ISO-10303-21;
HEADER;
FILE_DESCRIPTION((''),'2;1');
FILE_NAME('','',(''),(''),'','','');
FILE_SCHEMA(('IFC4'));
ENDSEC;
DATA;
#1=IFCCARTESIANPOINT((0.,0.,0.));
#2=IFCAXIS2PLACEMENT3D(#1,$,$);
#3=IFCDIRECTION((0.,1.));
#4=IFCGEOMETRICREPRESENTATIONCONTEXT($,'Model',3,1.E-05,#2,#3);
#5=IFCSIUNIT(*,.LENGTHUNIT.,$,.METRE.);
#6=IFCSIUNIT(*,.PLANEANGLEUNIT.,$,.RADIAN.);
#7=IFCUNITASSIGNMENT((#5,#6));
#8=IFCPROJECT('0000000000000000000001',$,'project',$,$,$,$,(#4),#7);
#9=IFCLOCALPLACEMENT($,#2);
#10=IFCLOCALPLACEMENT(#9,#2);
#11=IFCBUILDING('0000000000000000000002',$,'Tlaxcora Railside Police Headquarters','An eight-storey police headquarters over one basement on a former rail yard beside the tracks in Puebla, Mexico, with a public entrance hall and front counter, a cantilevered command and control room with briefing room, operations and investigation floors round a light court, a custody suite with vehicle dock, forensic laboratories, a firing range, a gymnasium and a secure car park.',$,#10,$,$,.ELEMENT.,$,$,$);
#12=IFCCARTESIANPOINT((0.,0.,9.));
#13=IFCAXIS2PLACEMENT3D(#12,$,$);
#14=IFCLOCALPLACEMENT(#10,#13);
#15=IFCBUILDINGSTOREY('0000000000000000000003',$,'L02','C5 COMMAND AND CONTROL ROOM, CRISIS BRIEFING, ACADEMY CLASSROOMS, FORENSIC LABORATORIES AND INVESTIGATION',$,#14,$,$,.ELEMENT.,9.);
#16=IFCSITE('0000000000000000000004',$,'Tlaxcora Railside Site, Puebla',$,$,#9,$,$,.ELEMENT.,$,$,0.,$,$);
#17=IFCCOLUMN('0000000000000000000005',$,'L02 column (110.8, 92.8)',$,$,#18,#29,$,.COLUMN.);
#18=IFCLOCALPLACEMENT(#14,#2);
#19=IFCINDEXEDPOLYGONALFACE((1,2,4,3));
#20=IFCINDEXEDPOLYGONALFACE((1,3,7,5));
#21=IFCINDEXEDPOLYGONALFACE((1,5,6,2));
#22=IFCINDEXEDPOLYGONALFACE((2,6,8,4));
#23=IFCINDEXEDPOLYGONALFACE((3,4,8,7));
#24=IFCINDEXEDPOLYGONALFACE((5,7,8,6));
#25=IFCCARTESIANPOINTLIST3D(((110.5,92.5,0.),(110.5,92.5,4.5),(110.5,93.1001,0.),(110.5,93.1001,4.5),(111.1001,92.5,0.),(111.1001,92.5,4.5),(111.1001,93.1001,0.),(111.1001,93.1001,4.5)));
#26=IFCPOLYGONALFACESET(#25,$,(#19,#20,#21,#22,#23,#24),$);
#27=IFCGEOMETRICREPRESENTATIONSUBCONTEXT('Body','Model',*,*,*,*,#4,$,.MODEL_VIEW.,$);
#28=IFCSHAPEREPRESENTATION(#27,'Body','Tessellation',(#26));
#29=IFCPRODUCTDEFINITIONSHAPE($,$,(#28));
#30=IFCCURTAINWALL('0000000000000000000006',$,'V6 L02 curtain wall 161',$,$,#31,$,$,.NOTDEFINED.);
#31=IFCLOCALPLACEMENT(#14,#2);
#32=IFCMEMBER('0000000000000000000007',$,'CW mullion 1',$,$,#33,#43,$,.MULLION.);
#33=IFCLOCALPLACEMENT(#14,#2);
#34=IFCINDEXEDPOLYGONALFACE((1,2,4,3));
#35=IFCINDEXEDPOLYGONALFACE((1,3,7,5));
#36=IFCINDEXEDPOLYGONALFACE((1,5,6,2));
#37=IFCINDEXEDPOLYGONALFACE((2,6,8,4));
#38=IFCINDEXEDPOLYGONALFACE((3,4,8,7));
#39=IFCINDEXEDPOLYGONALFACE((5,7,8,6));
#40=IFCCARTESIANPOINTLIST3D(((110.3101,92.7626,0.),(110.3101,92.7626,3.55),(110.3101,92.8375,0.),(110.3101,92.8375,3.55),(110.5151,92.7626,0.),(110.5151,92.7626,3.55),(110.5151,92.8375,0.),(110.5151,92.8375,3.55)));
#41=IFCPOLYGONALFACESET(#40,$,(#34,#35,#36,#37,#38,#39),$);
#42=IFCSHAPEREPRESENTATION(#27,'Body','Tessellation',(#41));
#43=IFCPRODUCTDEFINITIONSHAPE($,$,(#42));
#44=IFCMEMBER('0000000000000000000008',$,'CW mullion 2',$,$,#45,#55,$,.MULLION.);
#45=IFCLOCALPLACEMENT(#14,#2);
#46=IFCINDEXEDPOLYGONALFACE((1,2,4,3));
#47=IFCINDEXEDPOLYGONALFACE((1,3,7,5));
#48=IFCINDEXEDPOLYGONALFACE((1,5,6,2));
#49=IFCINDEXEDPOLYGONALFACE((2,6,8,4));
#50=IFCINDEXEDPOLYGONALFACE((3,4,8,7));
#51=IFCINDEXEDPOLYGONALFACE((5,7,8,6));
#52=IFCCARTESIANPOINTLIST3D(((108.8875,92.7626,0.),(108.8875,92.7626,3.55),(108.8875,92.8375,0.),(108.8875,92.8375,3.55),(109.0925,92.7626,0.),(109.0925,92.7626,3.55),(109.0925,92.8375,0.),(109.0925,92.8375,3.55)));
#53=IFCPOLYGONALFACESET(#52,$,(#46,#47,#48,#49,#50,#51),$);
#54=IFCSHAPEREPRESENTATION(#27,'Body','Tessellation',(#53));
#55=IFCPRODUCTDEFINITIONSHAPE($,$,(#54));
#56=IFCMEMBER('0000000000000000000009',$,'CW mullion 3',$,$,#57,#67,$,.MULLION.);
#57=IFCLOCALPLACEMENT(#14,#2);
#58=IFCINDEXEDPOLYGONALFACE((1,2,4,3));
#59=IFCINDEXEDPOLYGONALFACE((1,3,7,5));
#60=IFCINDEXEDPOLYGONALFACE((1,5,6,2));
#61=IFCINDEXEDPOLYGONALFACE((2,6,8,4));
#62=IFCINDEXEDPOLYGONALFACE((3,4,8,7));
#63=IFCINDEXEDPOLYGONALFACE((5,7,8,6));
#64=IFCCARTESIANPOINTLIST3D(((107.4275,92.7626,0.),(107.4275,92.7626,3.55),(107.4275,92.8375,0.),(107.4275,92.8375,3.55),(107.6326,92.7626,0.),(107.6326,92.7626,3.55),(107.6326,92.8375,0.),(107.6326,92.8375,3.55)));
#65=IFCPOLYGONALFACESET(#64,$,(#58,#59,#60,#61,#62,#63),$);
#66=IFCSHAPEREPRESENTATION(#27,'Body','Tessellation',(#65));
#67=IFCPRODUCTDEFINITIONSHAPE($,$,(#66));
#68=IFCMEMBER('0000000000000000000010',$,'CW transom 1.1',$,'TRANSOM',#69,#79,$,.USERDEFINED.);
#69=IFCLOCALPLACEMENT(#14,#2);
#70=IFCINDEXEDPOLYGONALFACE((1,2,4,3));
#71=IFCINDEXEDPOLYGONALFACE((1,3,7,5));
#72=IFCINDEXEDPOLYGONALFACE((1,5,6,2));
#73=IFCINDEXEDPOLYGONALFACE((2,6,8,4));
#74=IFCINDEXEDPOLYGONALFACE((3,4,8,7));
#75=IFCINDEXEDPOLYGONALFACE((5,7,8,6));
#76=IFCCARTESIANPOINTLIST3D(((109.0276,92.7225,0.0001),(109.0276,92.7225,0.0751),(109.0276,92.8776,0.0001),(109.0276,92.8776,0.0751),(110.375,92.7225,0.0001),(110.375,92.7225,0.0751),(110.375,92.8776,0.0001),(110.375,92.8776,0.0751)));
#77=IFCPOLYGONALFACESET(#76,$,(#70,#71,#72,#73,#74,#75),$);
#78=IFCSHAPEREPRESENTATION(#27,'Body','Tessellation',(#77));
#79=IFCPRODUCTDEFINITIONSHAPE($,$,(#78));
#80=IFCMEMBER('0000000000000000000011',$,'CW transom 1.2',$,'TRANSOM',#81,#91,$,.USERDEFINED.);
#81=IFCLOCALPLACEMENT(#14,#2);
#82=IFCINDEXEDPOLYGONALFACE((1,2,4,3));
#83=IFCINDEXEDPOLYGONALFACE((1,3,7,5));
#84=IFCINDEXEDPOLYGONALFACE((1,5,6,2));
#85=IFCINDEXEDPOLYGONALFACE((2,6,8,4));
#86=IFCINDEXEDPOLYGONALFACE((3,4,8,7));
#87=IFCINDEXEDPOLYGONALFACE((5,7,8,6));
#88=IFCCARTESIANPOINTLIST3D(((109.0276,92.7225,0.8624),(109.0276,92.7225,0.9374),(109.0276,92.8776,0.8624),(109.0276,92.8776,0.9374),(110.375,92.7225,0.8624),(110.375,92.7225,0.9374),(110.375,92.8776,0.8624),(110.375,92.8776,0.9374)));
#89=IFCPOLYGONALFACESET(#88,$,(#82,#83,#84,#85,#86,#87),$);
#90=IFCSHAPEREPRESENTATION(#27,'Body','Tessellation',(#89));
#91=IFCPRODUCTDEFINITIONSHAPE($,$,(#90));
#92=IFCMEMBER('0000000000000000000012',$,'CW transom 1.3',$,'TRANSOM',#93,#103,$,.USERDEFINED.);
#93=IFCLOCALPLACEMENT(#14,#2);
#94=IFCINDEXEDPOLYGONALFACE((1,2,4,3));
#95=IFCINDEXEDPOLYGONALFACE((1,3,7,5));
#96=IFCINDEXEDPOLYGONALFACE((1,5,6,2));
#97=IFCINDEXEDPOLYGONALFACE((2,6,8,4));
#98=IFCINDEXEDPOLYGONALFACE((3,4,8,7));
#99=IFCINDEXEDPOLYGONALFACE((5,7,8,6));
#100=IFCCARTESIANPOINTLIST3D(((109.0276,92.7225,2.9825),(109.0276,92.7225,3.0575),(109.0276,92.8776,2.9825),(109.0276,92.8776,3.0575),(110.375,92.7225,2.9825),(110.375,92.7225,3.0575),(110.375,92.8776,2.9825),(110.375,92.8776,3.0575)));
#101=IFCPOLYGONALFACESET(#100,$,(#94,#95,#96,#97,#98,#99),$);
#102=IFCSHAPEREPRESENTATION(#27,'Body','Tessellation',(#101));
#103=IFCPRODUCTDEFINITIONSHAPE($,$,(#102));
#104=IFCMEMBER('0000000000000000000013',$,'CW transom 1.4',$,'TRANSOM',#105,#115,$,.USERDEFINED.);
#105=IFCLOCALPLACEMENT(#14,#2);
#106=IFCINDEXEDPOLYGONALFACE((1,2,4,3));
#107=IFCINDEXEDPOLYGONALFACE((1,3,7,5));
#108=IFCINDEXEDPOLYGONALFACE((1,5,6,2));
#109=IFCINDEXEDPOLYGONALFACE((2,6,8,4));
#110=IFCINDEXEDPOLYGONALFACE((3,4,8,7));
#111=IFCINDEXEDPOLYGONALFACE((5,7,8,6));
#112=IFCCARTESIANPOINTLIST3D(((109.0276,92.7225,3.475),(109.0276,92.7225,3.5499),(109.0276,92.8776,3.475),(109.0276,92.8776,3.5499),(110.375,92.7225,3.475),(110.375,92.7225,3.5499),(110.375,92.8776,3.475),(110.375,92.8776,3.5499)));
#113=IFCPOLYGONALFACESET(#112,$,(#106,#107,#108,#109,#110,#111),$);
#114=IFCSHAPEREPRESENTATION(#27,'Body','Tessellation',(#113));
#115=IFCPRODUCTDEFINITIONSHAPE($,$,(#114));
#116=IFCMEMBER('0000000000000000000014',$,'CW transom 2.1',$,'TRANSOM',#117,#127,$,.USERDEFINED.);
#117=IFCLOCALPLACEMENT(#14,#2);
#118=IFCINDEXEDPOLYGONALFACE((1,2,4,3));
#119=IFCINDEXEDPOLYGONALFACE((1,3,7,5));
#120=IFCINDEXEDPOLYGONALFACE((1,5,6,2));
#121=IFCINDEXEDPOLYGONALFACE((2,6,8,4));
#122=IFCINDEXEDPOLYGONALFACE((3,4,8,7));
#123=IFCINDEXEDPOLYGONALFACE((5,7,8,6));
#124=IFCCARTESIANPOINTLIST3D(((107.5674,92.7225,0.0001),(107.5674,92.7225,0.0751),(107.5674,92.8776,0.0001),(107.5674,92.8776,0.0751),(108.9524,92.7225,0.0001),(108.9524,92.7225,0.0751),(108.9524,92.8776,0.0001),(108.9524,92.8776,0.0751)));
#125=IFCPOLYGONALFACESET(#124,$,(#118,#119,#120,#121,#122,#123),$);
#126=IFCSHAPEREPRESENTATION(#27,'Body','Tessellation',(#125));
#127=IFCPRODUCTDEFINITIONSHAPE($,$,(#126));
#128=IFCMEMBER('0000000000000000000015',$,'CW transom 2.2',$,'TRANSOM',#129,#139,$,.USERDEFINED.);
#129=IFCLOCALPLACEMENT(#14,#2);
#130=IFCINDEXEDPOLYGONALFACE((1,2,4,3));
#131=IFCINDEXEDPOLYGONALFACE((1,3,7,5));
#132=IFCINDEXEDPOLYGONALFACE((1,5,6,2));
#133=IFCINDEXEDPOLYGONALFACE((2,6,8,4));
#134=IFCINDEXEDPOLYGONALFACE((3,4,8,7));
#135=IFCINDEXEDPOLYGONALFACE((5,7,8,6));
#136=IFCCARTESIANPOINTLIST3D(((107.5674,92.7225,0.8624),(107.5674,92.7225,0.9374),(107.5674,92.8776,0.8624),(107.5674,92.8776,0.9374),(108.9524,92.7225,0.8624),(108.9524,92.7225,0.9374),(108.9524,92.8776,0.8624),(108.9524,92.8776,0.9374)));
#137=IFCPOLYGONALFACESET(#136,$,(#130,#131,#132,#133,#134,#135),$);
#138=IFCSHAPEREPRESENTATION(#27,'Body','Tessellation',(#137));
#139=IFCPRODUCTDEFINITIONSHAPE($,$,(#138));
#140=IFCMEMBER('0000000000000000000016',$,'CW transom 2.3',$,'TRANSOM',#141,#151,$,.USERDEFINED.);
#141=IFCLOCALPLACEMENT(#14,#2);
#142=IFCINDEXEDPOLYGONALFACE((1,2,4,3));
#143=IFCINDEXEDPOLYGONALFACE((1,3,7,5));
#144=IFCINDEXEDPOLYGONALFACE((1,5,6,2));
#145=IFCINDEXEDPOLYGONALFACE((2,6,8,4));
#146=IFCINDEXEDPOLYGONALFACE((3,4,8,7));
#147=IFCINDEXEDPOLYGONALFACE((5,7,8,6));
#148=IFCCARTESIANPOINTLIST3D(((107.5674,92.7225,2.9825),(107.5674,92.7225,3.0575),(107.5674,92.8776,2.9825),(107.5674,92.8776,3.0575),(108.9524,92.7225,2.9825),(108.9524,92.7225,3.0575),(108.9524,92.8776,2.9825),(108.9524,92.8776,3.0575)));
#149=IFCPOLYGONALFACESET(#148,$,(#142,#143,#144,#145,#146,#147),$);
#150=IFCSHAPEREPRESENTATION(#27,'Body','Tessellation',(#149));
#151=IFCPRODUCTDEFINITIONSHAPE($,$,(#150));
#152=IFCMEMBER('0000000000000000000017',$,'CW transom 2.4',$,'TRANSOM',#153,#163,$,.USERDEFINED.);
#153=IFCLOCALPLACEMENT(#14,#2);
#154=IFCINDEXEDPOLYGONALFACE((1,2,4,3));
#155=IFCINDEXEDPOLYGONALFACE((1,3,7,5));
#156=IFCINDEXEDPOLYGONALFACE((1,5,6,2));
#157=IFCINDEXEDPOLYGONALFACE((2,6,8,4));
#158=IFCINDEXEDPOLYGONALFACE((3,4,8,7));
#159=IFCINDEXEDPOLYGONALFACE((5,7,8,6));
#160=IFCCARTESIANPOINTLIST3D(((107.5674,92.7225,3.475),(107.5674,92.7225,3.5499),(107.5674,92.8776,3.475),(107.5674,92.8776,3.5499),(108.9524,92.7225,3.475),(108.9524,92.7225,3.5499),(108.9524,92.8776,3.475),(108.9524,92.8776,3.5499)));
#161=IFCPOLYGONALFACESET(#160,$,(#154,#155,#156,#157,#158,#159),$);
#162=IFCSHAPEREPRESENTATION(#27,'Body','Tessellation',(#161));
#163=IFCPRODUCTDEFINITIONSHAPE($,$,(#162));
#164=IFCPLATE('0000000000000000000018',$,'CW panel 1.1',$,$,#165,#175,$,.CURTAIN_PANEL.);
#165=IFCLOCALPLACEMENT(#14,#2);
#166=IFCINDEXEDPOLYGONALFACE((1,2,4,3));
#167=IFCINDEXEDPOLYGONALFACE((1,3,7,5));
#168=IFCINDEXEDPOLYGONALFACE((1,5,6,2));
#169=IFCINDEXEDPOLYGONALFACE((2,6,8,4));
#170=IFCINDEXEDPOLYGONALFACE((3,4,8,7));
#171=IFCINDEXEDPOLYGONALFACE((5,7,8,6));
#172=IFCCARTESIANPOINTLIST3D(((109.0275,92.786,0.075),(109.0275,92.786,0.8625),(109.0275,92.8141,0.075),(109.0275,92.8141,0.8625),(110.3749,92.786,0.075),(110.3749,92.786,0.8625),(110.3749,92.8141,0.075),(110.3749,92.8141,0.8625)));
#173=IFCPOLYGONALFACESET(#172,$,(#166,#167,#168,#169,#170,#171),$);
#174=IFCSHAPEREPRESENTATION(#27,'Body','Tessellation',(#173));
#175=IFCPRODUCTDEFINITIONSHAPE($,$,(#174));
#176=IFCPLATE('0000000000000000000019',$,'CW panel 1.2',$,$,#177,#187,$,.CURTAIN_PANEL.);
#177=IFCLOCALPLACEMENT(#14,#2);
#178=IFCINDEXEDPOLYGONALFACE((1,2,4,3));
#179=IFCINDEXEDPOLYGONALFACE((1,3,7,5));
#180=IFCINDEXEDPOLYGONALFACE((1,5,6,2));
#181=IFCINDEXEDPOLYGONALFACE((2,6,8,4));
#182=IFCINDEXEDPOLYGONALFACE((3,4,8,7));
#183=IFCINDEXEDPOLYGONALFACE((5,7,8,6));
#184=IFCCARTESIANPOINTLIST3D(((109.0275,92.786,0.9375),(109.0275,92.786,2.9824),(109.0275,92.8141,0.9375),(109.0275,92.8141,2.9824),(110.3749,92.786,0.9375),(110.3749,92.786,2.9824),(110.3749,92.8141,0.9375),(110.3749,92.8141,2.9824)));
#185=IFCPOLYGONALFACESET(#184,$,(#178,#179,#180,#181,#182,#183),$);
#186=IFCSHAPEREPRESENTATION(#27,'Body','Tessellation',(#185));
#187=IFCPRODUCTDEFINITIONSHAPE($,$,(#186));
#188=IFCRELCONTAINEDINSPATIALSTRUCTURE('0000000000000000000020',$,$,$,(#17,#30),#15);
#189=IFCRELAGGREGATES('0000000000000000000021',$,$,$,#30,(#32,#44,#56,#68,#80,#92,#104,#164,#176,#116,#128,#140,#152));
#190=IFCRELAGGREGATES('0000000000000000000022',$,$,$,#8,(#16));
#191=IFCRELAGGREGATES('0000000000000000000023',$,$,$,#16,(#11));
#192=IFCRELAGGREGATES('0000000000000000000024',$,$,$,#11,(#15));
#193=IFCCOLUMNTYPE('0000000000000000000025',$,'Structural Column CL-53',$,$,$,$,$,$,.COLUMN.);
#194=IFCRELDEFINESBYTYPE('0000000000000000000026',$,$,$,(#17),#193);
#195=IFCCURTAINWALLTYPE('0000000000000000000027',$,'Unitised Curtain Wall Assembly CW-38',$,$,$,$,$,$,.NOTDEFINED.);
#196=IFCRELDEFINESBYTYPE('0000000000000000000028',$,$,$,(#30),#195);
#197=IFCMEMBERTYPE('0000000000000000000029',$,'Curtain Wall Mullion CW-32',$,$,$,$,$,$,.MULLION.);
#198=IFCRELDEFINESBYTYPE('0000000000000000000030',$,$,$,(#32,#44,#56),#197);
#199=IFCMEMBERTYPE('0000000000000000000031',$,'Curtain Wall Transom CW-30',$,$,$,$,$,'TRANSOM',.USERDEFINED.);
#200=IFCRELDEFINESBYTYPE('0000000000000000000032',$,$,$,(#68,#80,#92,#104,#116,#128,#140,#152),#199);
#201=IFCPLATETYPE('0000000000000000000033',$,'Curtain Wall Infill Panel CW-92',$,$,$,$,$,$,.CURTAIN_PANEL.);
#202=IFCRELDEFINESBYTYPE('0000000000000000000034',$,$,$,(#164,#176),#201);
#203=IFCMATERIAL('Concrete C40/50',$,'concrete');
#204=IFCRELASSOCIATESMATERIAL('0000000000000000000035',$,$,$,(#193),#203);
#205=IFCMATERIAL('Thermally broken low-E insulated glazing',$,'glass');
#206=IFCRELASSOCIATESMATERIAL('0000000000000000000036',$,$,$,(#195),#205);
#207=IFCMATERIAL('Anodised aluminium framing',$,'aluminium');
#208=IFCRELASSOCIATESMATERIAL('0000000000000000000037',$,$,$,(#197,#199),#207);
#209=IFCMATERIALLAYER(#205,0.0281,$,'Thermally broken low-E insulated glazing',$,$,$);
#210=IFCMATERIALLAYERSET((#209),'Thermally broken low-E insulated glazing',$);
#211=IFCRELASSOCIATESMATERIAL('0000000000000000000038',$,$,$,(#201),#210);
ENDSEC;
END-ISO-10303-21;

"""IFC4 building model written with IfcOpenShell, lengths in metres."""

from ifc_helpers import new_model, si_unit, direction, frame, origin, origin_2d, place, context, subcontext, project, spatial, rectangle, extrude, material, layer, layer_set, material_profile, profile_set, type_object, element, aggregate, save


model = new_model("IFC4")

# Units and contexts
model_context = context("Model", 3, precision=1e-05, world=origin(), true_north=direction((0.0, 1.0)))
body_context = subcontext(model_context, "Body", "Model", "MODEL_VIEW")
ifc_project = project(units=[si_unit("LENGTHUNIT", "METRE"), si_unit("PLANEANGLEUNIT", "RADIAN")], contexts=[model_context])

# Site, building, storey
site_placement = place(None, origin())
site = spatial("IfcSite", under=ifc_project, at=site_placement, Name="Tlaxcora Railside Site, Puebla", CompositionType="ELEMENT", RefElevation=0.0)
building_placement = place(site_placement, origin())
building = spatial("IfcBuilding", under=site, at=building_placement, Name="Tlaxcora Railside Police Headquarters", Description="An eight-storey police headquarters over one basement on a former rail yard beside the tracks in Puebla, Mexico, with a public entrance hall and front counter, a cantilevered command and control room with briefing room, operations and investigation floors round a light court, a custody suite with vehicle dock, forensic laboratories, a firing range, a gymnasium and a secure car park.", CompositionType="ELEMENT")
storey_placement = place(building_placement, frame((0.0, 0.0, 9.0)))
storey = spatial("IfcBuildingStorey", under=building, at=storey_placement, Name="L02", Description="C5 COMMAND AND CONTROL ROOM, CRISIS BRIEFING, ACADEMY CLASSROOMS, FORENSIC LABORATORIES AND INVESTIGATION", CompositionType="ELEMENT", Elevation=9.0)

# Column
ifc_material_1 = material(Name="Concrete C40/50", Category="concrete")
ifc_material_profile_1 = material_profile(ifc_material_1, rectangle(XDim=0.6001, YDim=0.6001, at=origin_2d()), Name="RC600X600")
ifc_profile_set_1 = profile_set([ifc_material_profile_1], Name="Concrete C40/50")
column_type = type_object("IfcColumnType", Name="Structural Column CL-53", PredefinedType="COLUMN", material=ifc_profile_set_1)
column_placement = place(storey_placement, frame((110.8, 92.8, 0.0), z_axis=(0.0, 0.0, 1.0), x_axis=(1.0, 0.0, 0.0)))
element("IfcColumn", 1, at=column_placement, inside=storey, type_object=column_type, Name="L02 column (110.8, 92.8)", PredefinedType="COLUMN", context=body_context, shape_type="SweptSolid", body=[
    extrude(rectangle(XDim=0.6001, YDim=0.6001, at=origin_2d()), origin(), (0.0, 0.0, 1.0), 4.5),
])

# Curtain wall, members, plates
ifc_material_2 = material(Name="Thermally broken low-E insulated glazing", Category="glass")
curtain_wall_type = type_object("IfcCurtainWallType", Name="Unitised Curtain Wall Assembly CW-38", PredefinedType="NOTDEFINED", material=ifc_material_2)
curtain_wall_placement = place(storey_placement, origin())
curtain_wall = element("IfcCurtainWall", 2, at=curtain_wall_placement, inside=storey, type_object=curtain_wall_type, Name="V6 L02 curtain wall 161", PredefinedType="NOTDEFINED")
ifc_material_3 = material(Name="Anodised aluminium framing", Category="aluminium")
ifc_material_profile_2 = material_profile(ifc_material_3, rectangle(XDim=0.075, YDim=0.2051, at=origin_2d()), Name="AL75X205")
ifc_profile_set_2 = profile_set([ifc_material_profile_2], Name="Anodised aluminium framing")
member_type_1 = type_object("IfcMemberType", Name="Curtain Wall Mullion CW-32", PredefinedType="MULLION", material=ifc_profile_set_2)
member_1_placement = place(storey_placement, frame((110.4126, 92.8, 0.0), z_axis=(0.0, 0.0, 1.0), x_axis=(0.0, -1.0, 0.0)))
member_1 = element("IfcMember", 3, at=member_1_placement, type_object=member_type_1, Name="CW mullion 1", PredefinedType="MULLION", context=body_context, shape_type="SweptSolid", body=[
    extrude(rectangle(XDim=0.075, YDim=0.2051, at=origin_2d()), origin(), (0.0, 0.0, 1.0), 3.55),
])
member_2_placement = place(storey_placement, frame((108.99, 92.8, 0.0), z_axis=(0.0, 0.0, 1.0), x_axis=(0.0, -1.0, 0.0)))
member_2 = element("IfcMember", 4, at=member_2_placement, type_object=member_type_1, Name="CW mullion 2", PredefinedType="MULLION", context=body_context, shape_type="SweptSolid", body=[
    extrude(rectangle(XDim=0.075, YDim=0.2051, at=origin_2d()), origin(), (0.0, 0.0, 1.0), 3.55),
])
member_3_placement = place(storey_placement, frame((107.53, 92.8, 0.0), z_axis=(0.0, 0.0, 1.0), x_axis=(0.0, -1.0, 0.0)))
member_3 = element("IfcMember", 5, at=member_3_placement, type_object=member_type_1, Name="CW mullion 3", PredefinedType="MULLION", context=body_context, shape_type="SweptSolid", body=[
    extrude(rectangle(XDim=0.075, YDim=0.2051, at=origin_2d()), origin(), (0.0, 0.0, 1.0), 3.55),
])
ifc_material_profile_3 = material_profile(ifc_material_3, rectangle(XDim=0.155, YDim=0.075, at=origin_2d()), Name="AL75X155")
ifc_profile_set_3 = profile_set([ifc_material_profile_3], Name="Anodised aluminium framing")
member_type_2 = type_object("IfcMemberType", Name="Curtain Wall Transom CW-30", ElementType="TRANSOM", PredefinedType="USERDEFINED", material=ifc_profile_set_3)
member_4_placement = place(storey_placement, frame((110.375, 92.8, 0.0376), z_axis=(-1.0, 0.0, 0.0), x_axis=(0.0, -1.0, 0.0)))
member_4 = element("IfcMember", 6, at=member_4_placement, type_object=member_type_2, Name="CW transom 1.1", ObjectType="TRANSOM", PredefinedType="USERDEFINED", context=body_context, shape_type="SweptSolid", body=[
    extrude(rectangle(XDim=0.155, YDim=0.075, at=origin_2d()), origin(), (0.0, 0.0, 1.0), 1.3474),
])
member_5_placement = place(storey_placement, frame((110.375, 92.8, 0.8999), z_axis=(-1.0, 0.0, 0.0), x_axis=(0.0, -1.0, 0.0)))
member_5 = element("IfcMember", 7, at=member_5_placement, type_object=member_type_2, Name="CW transom 1.2", ObjectType="TRANSOM", PredefinedType="USERDEFINED", context=body_context, shape_type="SweptSolid", body=[
    extrude(rectangle(XDim=0.155, YDim=0.075, at=origin_2d()), origin(), (0.0, 0.0, 1.0), 1.3474),
])
member_6_placement = place(storey_placement, frame((110.375, 92.8, 3.02), z_axis=(-1.0, 0.0, 0.0), x_axis=(0.0, -1.0, 0.0)))
member_6 = element("IfcMember", 8, at=member_6_placement, type_object=member_type_2, Name="CW transom 1.3", ObjectType="TRANSOM", PredefinedType="USERDEFINED", context=body_context, shape_type="SweptSolid", body=[
    extrude(rectangle(XDim=0.155, YDim=0.075, at=origin_2d()), origin(), (0.0, 0.0, 1.0), 1.3474),
])
member_7_placement = place(storey_placement, frame((110.375, 92.8, 3.5125), z_axis=(-1.0, 0.0, 0.0), x_axis=(0.0, -1.0, 0.0)))
member_7 = element("IfcMember", 9, at=member_7_placement, type_object=member_type_2, Name="CW transom 1.4", ObjectType="TRANSOM", PredefinedType="USERDEFINED", context=body_context, shape_type="SweptSolid", body=[
    extrude(rectangle(XDim=0.155, YDim=0.075, at=origin_2d()), origin(), (0.0, 0.0, 1.0), 1.3474),
])
member_8_placement = place(storey_placement, frame((108.9524, 92.8, 0.0376), z_axis=(-1.0, 0.0, 0.0), x_axis=(0.0, -1.0, 0.0)))
member_8 = element("IfcMember", 10, at=member_8_placement, type_object=member_type_2, Name="CW transom 2.1", ObjectType="TRANSOM", PredefinedType="USERDEFINED", context=body_context, shape_type="SweptSolid", body=[
    extrude(rectangle(XDim=0.155, YDim=0.075, at=origin_2d()), origin(), (0.0, 0.0, 1.0), 1.385),
])
member_9_placement = place(storey_placement, frame((108.9524, 92.8, 0.8999), z_axis=(-1.0, 0.0, 0.0), x_axis=(0.0, -1.0, 0.0)))
member_9 = element("IfcMember", 11, at=member_9_placement, type_object=member_type_2, Name="CW transom 2.2", ObjectType="TRANSOM", PredefinedType="USERDEFINED", context=body_context, shape_type="SweptSolid", body=[
    extrude(rectangle(XDim=0.155, YDim=0.075, at=origin_2d()), origin(), (0.0, 0.0, 1.0), 1.385),
])
member_10_placement = place(storey_placement, frame((108.9524, 92.8, 3.02), z_axis=(-1.0, 0.0, 0.0), x_axis=(0.0, -1.0, 0.0)))
member_10 = element("IfcMember", 12, at=member_10_placement, type_object=member_type_2, Name="CW transom 2.3", ObjectType="TRANSOM", PredefinedType="USERDEFINED", context=body_context, shape_type="SweptSolid", body=[
    extrude(rectangle(XDim=0.155, YDim=0.075, at=origin_2d()), origin(), (0.0, 0.0, 1.0), 1.385),
])
member_11_placement = place(storey_placement, frame((108.9524, 92.8, 3.5125), z_axis=(-1.0, 0.0, 0.0), x_axis=(0.0, -1.0, 0.0)))
member_11 = element("IfcMember", 13, at=member_11_placement, type_object=member_type_2, Name="CW transom 2.4", ObjectType="TRANSOM", PredefinedType="USERDEFINED", context=body_context, shape_type="SweptSolid", body=[
    extrude(rectangle(XDim=0.155, YDim=0.075, at=origin_2d()), origin(), (0.0, 0.0, 1.0), 1.385),
])
ifc_layer_1 = layer(ifc_material_2, 0.0281, Name="Thermally broken low-E insulated glazing")
ifc_layer_set_1 = layer_set([ifc_layer_1], Name="Thermally broken low-E insulated glazing")
plate_type = type_object("IfcPlateType", Name="Curtain Wall Infill Panel CW-92", PredefinedType="CURTAIN_PANEL", material=ifc_layer_set_1)
plate_1_placement = place(storey_placement, frame((109.7012, 92.8, 0.075), z_axis=(0.0, 0.0, 1.0), x_axis=(-1.0, 0.0, 0.0)))
plate_1 = element("IfcPlate", 14, at=plate_1_placement, type_object=plate_type, Name="CW panel 1.1", PredefinedType="CURTAIN_PANEL", context=body_context, shape_type="SweptSolid", body=[
    extrude(rectangle(XDim=1.3474, YDim=0.0281, at=origin_2d()), origin(), (0.0, 0.0, 1.0), 0.7876),
])
plate_2_placement = place(storey_placement, frame((109.7012, 92.8, 0.9375), z_axis=(0.0, 0.0, 1.0), x_axis=(-1.0, 0.0, 0.0)))
plate_2 = element("IfcPlate", 15, at=plate_2_placement, type_object=plate_type, Name="CW panel 1.2", PredefinedType="CURTAIN_PANEL", context=body_context, shape_type="SweptSolid", body=[
    extrude(rectangle(XDim=1.3474, YDim=0.0281, at=origin_2d()), origin(), (0.0, 0.0, 1.0), 2.0449),
])
aggregate(curtain_wall, [member_1, member_2, member_3, member_4, member_5, member_6, member_7, plate_1, plate_2, member_8, member_9, member_10, member_11])

save(model, "model.ifc")
